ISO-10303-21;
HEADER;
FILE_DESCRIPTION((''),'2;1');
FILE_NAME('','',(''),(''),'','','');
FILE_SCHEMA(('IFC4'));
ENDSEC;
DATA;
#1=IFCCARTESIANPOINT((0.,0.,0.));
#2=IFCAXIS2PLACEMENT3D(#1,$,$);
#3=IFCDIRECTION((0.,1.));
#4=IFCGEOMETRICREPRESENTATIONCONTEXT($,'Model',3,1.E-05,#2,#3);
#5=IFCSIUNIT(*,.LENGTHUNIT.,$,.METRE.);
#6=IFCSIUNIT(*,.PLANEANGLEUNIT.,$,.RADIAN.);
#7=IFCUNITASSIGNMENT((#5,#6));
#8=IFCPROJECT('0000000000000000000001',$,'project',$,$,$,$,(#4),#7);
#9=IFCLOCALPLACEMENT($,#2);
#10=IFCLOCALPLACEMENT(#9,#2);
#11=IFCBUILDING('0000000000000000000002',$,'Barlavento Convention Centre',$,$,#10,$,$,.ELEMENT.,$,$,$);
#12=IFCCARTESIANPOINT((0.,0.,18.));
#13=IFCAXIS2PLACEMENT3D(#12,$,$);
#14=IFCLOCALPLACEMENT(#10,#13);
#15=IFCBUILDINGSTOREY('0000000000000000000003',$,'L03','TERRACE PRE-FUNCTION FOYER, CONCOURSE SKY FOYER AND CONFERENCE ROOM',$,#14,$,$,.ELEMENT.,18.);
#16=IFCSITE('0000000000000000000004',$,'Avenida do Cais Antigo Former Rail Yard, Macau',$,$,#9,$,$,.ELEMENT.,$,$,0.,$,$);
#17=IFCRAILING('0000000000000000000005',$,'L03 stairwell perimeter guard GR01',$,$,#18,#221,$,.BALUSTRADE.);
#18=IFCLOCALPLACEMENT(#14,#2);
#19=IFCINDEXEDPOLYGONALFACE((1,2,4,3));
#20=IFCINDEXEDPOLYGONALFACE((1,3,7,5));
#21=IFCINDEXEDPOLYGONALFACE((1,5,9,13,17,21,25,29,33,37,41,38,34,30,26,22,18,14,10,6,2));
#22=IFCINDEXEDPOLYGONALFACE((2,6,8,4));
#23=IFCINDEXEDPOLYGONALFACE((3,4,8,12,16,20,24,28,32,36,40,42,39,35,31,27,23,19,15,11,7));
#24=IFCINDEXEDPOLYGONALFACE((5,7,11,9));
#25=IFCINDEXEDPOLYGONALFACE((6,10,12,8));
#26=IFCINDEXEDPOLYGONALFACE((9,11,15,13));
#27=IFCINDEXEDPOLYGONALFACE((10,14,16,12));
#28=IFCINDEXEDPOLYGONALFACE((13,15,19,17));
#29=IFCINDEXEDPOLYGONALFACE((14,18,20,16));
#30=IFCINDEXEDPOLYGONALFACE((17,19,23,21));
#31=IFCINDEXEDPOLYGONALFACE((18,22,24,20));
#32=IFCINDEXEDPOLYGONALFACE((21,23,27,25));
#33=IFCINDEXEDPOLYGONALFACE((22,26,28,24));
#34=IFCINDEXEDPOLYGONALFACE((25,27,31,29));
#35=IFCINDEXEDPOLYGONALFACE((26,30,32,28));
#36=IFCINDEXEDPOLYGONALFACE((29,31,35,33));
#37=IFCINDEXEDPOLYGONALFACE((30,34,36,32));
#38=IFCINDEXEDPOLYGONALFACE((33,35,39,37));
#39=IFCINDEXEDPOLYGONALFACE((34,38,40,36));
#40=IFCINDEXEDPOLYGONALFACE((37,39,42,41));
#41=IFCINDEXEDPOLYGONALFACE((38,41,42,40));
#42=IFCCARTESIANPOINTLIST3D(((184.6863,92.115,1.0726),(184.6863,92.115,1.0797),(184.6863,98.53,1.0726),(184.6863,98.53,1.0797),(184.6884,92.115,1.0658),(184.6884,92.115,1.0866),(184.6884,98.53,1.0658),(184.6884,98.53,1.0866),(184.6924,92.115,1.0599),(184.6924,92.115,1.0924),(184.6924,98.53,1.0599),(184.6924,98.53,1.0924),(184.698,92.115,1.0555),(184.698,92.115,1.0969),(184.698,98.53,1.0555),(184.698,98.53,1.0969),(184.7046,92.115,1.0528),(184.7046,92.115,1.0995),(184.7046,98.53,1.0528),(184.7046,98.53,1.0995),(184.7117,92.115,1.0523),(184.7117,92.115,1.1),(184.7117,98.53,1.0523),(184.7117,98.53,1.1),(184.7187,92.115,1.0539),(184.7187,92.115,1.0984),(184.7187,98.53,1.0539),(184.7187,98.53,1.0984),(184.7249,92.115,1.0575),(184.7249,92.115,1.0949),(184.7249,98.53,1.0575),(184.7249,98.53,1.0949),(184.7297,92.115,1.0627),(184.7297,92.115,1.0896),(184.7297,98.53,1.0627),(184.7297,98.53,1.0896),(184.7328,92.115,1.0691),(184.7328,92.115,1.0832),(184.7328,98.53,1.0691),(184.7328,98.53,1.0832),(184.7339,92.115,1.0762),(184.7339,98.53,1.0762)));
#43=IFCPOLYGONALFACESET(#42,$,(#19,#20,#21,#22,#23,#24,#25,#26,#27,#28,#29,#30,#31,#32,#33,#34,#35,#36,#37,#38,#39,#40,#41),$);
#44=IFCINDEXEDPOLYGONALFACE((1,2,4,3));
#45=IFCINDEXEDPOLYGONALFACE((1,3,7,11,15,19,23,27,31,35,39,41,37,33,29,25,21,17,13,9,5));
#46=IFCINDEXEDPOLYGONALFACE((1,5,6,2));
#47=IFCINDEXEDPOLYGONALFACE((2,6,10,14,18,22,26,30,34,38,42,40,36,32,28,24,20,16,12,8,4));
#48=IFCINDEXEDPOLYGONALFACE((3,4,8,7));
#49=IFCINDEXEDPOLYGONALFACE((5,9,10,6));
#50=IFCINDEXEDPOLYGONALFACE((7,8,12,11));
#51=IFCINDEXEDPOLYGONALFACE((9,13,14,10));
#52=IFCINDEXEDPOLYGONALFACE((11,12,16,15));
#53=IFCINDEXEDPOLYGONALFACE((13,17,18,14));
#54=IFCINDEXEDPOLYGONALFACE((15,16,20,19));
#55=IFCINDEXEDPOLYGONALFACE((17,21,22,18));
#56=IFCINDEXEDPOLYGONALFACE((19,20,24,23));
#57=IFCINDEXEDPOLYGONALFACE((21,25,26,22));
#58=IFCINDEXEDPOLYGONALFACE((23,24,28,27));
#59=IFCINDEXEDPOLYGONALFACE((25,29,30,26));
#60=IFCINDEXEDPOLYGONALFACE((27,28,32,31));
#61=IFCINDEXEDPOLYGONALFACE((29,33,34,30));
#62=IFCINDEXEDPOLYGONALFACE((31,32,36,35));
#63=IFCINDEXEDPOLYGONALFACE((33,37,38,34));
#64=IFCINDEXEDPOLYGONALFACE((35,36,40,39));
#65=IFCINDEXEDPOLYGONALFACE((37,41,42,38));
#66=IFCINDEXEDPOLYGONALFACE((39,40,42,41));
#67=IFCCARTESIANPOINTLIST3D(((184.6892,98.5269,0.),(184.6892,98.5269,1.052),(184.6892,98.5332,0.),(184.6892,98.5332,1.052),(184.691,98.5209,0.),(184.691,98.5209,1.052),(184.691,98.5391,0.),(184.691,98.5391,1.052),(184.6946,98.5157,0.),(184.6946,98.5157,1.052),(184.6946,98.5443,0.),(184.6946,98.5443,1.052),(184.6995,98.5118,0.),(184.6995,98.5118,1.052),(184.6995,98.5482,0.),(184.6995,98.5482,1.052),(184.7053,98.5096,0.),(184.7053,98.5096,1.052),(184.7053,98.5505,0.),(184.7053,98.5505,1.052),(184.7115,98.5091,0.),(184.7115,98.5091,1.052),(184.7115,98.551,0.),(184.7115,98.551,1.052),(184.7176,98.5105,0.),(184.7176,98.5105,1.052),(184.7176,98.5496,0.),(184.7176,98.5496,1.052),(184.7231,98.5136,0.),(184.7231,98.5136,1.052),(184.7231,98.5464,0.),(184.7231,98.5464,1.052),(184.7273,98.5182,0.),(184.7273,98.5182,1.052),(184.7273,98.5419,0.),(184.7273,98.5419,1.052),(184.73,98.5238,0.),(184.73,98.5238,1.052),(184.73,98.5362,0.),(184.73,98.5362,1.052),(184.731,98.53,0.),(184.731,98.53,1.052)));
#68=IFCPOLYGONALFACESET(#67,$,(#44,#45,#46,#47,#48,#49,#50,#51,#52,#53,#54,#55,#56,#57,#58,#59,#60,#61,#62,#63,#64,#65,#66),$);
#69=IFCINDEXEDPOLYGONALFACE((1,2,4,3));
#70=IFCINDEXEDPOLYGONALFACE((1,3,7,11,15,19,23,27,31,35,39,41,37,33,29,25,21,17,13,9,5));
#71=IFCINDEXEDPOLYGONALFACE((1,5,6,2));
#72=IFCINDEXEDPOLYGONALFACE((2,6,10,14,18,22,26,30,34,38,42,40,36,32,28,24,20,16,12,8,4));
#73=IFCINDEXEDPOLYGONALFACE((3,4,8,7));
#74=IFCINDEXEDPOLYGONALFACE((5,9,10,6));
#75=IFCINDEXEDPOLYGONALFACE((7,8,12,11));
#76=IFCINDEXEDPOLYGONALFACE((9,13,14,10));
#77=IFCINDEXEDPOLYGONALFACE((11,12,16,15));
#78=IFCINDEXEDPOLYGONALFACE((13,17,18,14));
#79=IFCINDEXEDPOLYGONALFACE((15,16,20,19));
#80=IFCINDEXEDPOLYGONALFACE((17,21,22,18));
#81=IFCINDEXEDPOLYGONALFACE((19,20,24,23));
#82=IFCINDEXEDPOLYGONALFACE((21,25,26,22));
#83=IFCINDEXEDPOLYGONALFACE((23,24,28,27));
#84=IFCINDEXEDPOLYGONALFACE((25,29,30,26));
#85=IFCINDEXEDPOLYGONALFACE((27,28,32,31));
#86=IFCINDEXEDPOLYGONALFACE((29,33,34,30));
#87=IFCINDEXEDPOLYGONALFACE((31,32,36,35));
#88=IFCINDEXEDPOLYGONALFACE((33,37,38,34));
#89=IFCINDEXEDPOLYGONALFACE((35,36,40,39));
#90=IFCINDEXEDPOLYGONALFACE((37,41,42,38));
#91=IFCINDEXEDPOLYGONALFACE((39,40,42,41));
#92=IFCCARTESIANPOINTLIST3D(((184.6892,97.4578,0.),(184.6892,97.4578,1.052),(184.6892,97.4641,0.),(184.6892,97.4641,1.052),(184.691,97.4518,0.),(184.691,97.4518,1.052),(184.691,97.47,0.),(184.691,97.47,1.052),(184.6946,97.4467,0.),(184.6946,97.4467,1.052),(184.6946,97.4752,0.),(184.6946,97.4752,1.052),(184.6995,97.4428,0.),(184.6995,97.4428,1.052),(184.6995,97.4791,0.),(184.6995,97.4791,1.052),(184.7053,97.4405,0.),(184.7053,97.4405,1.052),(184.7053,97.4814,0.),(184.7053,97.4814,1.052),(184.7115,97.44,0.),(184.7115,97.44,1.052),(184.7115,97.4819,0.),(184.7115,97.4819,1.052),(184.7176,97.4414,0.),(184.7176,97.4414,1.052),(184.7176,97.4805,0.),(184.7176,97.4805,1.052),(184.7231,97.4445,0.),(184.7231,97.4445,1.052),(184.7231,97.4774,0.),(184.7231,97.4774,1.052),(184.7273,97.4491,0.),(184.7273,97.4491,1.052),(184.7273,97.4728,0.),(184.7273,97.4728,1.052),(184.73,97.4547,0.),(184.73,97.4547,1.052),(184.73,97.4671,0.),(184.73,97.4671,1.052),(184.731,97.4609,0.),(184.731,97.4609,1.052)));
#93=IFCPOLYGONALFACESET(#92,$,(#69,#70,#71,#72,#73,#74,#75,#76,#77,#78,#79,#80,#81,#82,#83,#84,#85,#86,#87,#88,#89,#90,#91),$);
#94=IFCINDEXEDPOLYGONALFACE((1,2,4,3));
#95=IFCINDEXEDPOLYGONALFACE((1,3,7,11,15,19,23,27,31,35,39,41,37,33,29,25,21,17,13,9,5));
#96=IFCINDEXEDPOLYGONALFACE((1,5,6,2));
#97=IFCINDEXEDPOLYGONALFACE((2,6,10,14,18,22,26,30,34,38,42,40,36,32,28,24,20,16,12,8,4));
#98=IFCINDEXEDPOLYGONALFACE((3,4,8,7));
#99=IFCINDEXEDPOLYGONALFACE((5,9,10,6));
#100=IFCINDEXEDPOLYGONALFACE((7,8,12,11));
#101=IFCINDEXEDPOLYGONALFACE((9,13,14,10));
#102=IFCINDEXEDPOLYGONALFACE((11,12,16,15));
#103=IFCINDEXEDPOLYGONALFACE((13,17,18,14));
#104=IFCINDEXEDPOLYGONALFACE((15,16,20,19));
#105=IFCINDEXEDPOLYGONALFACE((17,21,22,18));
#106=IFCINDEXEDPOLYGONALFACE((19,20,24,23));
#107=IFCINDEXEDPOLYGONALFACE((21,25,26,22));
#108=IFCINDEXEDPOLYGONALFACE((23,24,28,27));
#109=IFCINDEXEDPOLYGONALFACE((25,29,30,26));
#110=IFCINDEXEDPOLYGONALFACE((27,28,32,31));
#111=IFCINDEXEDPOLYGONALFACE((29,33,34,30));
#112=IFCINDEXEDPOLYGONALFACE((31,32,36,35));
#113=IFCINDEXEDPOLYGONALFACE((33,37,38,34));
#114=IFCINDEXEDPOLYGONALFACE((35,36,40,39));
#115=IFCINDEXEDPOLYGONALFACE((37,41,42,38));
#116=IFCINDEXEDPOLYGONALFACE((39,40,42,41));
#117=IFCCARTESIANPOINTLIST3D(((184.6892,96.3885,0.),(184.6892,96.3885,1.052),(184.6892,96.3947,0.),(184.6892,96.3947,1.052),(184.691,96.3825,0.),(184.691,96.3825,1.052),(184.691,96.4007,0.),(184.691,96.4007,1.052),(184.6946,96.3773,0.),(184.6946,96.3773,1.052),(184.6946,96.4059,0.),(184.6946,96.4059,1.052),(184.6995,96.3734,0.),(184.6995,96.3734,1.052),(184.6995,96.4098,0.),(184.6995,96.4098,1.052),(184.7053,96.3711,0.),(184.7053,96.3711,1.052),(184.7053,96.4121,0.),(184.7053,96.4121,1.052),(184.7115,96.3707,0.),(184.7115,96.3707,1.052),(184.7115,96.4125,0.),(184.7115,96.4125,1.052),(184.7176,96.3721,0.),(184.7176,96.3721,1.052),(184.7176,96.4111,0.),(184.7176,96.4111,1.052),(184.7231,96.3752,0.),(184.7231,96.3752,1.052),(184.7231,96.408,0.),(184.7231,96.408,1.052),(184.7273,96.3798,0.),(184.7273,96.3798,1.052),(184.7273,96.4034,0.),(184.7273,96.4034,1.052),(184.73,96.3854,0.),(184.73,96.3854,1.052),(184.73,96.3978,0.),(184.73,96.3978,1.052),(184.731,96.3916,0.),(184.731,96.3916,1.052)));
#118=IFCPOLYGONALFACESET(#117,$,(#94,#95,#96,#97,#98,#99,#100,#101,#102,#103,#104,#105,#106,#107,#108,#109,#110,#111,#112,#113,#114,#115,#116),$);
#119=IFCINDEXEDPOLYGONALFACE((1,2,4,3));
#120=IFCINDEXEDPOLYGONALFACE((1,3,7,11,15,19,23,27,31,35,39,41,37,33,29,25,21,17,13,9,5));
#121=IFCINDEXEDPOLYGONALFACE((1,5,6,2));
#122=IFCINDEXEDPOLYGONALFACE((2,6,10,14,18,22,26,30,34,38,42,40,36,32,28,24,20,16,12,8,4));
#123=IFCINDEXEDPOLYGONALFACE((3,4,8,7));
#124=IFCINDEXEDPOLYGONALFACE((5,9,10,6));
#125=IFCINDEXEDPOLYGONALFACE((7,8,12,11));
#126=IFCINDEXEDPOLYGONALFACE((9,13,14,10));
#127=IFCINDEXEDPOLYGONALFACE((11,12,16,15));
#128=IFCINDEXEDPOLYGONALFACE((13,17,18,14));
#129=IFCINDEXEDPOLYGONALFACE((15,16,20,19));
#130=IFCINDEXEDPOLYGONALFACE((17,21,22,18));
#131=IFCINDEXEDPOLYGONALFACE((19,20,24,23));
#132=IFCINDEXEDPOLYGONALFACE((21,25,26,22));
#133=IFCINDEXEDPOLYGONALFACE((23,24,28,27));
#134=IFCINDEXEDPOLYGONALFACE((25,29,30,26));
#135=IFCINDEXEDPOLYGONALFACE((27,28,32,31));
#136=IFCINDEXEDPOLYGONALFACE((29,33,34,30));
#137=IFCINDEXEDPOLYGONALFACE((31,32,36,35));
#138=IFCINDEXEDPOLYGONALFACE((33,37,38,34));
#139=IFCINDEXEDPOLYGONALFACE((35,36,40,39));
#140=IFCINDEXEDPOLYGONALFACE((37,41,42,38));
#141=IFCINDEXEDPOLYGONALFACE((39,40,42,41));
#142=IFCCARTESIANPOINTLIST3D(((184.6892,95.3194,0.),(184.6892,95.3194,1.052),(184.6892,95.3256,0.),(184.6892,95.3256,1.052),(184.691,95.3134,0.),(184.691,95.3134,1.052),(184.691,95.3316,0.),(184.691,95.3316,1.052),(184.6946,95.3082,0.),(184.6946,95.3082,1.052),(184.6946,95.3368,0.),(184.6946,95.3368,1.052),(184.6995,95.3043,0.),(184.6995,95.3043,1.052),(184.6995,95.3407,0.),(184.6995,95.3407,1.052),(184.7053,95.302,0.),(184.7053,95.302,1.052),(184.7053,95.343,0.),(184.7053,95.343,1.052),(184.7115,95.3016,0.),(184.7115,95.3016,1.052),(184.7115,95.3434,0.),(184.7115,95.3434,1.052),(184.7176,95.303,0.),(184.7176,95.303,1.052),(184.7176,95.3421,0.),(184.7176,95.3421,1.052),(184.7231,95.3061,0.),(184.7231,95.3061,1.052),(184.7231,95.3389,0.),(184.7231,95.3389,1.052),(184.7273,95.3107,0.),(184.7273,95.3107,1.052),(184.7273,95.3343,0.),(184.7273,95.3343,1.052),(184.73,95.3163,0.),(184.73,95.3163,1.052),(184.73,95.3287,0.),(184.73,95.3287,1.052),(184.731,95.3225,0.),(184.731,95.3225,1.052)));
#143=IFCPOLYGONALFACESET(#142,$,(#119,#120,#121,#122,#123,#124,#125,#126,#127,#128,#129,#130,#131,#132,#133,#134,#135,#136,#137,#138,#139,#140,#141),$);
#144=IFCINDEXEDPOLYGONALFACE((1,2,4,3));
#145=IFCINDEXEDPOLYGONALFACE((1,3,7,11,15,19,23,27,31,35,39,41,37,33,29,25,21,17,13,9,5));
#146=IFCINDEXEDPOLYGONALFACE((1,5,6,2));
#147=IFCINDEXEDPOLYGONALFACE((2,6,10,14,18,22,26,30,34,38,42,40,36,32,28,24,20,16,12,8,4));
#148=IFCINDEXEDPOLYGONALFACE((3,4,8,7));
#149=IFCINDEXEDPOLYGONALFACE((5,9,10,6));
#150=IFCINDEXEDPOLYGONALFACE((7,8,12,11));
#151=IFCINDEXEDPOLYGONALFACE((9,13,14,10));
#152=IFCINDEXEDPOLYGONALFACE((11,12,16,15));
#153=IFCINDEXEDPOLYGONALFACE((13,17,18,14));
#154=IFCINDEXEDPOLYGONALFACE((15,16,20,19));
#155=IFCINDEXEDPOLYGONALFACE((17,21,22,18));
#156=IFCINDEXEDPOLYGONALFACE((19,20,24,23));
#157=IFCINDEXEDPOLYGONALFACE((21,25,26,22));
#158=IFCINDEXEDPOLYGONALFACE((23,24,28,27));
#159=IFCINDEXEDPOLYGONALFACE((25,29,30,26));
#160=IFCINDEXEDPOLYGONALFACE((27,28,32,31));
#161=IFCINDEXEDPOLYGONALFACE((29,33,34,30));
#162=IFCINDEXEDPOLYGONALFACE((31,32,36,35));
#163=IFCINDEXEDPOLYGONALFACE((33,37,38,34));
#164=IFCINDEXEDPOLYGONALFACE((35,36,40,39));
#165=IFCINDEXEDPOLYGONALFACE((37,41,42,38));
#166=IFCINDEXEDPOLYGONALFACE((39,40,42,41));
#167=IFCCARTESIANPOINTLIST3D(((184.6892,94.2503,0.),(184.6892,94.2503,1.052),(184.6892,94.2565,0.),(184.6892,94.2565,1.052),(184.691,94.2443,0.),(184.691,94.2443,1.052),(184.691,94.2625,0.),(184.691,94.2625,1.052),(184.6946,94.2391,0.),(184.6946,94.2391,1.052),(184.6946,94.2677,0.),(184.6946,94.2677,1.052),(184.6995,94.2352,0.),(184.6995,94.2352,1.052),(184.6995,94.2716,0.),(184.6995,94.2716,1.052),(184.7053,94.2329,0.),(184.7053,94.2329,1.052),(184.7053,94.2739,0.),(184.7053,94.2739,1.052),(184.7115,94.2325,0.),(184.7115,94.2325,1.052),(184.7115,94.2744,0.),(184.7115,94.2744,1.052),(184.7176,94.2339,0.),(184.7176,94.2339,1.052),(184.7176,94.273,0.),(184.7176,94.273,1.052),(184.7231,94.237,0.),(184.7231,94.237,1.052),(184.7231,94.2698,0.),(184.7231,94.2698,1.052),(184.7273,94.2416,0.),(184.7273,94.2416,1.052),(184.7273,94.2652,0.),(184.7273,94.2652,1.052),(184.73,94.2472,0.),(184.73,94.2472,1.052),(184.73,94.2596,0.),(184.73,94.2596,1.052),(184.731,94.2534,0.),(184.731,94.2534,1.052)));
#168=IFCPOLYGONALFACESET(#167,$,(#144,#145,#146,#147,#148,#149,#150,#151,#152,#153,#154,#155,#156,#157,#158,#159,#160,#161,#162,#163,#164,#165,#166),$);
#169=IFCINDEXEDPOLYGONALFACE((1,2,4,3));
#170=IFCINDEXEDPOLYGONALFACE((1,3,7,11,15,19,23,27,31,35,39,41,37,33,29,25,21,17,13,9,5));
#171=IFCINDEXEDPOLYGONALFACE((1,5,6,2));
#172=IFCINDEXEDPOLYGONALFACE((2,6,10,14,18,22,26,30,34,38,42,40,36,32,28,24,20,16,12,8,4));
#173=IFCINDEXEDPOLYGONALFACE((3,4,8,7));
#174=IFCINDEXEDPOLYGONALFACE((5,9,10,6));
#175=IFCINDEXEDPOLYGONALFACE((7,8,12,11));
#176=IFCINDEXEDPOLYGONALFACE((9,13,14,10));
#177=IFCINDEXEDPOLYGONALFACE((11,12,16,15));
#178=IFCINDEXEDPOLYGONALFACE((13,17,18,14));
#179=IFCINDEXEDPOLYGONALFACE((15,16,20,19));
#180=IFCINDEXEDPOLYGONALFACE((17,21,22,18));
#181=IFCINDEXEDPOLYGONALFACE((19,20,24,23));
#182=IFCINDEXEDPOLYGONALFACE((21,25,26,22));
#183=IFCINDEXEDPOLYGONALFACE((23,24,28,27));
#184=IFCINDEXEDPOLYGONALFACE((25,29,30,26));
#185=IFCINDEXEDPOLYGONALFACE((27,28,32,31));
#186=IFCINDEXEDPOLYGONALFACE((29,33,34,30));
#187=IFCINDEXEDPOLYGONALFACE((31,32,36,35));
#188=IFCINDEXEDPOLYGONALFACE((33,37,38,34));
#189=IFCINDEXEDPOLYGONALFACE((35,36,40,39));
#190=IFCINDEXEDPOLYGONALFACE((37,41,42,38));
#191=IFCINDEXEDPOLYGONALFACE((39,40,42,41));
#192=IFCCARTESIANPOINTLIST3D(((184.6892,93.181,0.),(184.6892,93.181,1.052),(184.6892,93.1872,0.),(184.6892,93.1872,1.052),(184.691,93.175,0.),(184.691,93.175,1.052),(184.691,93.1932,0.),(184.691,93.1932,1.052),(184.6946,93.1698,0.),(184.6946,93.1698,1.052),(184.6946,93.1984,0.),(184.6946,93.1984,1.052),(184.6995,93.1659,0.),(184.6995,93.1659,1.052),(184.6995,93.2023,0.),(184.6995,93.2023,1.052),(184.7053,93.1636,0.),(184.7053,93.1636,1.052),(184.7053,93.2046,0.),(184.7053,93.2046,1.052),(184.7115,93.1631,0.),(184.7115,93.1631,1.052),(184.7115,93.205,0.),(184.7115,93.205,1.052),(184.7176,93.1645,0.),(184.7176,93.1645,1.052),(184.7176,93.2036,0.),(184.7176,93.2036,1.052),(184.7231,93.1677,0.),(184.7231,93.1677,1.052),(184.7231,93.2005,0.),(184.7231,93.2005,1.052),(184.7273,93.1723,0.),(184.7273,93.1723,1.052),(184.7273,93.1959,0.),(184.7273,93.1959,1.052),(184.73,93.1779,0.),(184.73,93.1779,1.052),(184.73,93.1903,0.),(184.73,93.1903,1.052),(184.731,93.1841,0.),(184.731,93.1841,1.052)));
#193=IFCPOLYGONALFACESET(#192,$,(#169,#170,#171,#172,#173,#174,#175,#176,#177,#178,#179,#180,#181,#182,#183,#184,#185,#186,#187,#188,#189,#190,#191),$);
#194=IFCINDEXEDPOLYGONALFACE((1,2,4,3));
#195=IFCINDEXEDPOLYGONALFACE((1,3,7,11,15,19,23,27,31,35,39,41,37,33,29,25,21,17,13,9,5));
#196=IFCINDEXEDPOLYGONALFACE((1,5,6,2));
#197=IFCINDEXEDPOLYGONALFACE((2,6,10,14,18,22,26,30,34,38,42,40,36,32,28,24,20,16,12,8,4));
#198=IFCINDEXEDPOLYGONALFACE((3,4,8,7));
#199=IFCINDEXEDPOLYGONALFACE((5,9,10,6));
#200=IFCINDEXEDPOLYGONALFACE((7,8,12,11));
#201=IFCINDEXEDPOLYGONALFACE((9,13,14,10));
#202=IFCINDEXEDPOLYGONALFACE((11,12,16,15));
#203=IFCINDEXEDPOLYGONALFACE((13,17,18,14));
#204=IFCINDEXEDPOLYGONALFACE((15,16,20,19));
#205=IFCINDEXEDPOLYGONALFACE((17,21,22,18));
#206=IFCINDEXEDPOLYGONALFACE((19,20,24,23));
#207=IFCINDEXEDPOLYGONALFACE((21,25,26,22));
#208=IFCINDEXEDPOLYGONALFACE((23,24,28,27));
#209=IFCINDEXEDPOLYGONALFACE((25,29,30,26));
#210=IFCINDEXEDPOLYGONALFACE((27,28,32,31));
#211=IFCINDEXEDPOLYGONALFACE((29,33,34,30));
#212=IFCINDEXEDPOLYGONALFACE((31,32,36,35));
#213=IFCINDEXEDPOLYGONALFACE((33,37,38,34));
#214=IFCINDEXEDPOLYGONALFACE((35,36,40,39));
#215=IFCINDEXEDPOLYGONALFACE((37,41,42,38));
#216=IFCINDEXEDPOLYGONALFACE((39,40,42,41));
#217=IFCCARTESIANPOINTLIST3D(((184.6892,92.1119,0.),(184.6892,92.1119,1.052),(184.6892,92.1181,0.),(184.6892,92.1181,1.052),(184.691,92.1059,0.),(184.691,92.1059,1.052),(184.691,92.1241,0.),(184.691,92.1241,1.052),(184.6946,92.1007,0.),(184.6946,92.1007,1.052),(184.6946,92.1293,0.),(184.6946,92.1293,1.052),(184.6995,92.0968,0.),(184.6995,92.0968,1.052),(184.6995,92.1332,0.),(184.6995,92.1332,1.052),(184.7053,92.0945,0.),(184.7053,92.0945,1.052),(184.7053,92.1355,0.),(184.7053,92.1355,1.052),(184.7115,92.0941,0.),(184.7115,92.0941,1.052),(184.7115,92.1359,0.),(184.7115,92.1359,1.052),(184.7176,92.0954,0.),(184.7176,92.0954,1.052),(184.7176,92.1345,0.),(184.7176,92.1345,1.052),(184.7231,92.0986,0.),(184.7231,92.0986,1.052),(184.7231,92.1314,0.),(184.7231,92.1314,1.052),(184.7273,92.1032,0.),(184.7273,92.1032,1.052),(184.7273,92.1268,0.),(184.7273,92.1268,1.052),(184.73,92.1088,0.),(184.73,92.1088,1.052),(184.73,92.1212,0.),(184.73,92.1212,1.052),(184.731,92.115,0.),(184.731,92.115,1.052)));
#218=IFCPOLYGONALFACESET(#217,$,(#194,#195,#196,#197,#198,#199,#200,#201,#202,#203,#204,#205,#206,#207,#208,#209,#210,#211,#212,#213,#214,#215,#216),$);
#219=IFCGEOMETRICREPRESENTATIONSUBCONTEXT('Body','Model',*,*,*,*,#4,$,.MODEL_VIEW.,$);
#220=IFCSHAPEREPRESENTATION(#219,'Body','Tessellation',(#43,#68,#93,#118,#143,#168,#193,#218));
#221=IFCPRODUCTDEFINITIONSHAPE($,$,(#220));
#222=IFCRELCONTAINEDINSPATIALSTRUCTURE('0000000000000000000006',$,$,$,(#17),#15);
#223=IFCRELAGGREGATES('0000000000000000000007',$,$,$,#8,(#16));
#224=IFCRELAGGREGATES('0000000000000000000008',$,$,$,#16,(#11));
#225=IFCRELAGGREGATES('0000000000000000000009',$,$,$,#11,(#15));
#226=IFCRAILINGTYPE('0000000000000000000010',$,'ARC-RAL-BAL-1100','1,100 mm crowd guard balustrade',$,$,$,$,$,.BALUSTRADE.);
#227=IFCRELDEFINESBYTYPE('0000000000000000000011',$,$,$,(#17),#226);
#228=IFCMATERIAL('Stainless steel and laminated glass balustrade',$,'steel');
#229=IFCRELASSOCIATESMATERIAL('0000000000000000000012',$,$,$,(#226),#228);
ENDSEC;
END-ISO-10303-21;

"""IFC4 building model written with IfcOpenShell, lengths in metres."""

from ifc_helpers import new_model, si_unit, direction, frame, origin, origin_2d, place, context, subcontext, project, spatial, circle, extrude, material, type_object, element, save


model = new_model("IFC4")

# Units and contexts
model_context = context("Model", 3, precision=1e-05, world=origin(), true_north=direction((0.0, 1.0)))
body_context = subcontext(model_context, "Body", "Model", "MODEL_VIEW")
ifc_project = project(units=[si_unit("LENGTHUNIT", "METRE"), si_unit("PLANEANGLEUNIT", "RADIAN")], contexts=[model_context])

# Site, building, storey
site_placement = place(None, origin())
site = spatial("IfcSite", under=ifc_project, at=site_placement, Name="Avenida do Cais Antigo Former Rail Yard, Macau", CompositionType="ELEMENT", RefElevation=0.0)
building_placement = place(site_placement, origin())
building = spatial("IfcBuilding", under=site, at=building_placement, Name="Barlavento Convention Centre", CompositionType="ELEMENT")
storey_placement = place(building_placement, frame((0.0, 0.0, 18.0)))
storey = spatial("IfcBuildingStorey", under=building, at=storey_placement, Name="L03", Description="TERRACE PRE-FUNCTION FOYER, CONCOURSE SKY FOYER AND CONFERENCE ROOM", CompositionType="ELEMENT", Elevation=18.0)

# Railing
ifc_material_1 = material(Name="Stainless steel and laminated glass balustrade", Category="steel")
railing_type_1 = type_object("IfcRailingType", Name="ARC-RAL-BAL-1100", Description="1,100 mm crowd guard balustrade", PredefinedType="BALUSTRADE", material=ifc_material_1)
railing_1_placement = place(storey_placement, frame((184.71, 98.53, 0.0)))
element("IfcRailing", 1, at=railing_1_placement, inside=storey, type_object=railing_type_1, Name="L03 stairwell perimeter guard GR01", PredefinedType="BALUSTRADE", context=body_context, shape_type="SweptSolid", body=[
    extrude(circle(Radius=0.0239, at=origin_2d()), frame((0.0, 0.0, 1.0762), z_axis=(0.0, -1.0, 0.0), x_axis=(1.0, 0.0, 0.0)), (0.0, 0.0, 1.0), 6.415),
    extrude(circle(Radius=0.021, at=origin_2d()), origin(), (0.0, 0.0, 1.0), 1.052),
    extrude(circle(Radius=0.021, at=origin_2d()), frame((0.0, -1.0691, 0.0)), (0.0, 0.0, 1.0), 1.052),
    extrude(circle(Radius=0.021, at=origin_2d()), frame((0.0, -2.1384, 0.0)), (0.0, 0.0, 1.0), 1.052),
    extrude(circle(Radius=0.021, at=origin_2d()), frame((0.0, -3.2075, 0.0)), (0.0, 0.0, 1.0), 1.052),
    extrude(circle(Radius=0.021, at=origin_2d()), frame((0.0, -4.2766, 0.0)), (0.0, 0.0, 1.0), 1.052),
    extrude(circle(Radius=0.021, at=origin_2d()), frame((0.0, -5.3459, 0.0)), (0.0, 0.0, 1.0), 1.052),
    extrude(circle(Radius=0.021, at=origin_2d()), frame((0.0, -6.415, 0.0)), (0.0, 0.0, 1.0), 1.052),
])

save(model, "model.ifc")
